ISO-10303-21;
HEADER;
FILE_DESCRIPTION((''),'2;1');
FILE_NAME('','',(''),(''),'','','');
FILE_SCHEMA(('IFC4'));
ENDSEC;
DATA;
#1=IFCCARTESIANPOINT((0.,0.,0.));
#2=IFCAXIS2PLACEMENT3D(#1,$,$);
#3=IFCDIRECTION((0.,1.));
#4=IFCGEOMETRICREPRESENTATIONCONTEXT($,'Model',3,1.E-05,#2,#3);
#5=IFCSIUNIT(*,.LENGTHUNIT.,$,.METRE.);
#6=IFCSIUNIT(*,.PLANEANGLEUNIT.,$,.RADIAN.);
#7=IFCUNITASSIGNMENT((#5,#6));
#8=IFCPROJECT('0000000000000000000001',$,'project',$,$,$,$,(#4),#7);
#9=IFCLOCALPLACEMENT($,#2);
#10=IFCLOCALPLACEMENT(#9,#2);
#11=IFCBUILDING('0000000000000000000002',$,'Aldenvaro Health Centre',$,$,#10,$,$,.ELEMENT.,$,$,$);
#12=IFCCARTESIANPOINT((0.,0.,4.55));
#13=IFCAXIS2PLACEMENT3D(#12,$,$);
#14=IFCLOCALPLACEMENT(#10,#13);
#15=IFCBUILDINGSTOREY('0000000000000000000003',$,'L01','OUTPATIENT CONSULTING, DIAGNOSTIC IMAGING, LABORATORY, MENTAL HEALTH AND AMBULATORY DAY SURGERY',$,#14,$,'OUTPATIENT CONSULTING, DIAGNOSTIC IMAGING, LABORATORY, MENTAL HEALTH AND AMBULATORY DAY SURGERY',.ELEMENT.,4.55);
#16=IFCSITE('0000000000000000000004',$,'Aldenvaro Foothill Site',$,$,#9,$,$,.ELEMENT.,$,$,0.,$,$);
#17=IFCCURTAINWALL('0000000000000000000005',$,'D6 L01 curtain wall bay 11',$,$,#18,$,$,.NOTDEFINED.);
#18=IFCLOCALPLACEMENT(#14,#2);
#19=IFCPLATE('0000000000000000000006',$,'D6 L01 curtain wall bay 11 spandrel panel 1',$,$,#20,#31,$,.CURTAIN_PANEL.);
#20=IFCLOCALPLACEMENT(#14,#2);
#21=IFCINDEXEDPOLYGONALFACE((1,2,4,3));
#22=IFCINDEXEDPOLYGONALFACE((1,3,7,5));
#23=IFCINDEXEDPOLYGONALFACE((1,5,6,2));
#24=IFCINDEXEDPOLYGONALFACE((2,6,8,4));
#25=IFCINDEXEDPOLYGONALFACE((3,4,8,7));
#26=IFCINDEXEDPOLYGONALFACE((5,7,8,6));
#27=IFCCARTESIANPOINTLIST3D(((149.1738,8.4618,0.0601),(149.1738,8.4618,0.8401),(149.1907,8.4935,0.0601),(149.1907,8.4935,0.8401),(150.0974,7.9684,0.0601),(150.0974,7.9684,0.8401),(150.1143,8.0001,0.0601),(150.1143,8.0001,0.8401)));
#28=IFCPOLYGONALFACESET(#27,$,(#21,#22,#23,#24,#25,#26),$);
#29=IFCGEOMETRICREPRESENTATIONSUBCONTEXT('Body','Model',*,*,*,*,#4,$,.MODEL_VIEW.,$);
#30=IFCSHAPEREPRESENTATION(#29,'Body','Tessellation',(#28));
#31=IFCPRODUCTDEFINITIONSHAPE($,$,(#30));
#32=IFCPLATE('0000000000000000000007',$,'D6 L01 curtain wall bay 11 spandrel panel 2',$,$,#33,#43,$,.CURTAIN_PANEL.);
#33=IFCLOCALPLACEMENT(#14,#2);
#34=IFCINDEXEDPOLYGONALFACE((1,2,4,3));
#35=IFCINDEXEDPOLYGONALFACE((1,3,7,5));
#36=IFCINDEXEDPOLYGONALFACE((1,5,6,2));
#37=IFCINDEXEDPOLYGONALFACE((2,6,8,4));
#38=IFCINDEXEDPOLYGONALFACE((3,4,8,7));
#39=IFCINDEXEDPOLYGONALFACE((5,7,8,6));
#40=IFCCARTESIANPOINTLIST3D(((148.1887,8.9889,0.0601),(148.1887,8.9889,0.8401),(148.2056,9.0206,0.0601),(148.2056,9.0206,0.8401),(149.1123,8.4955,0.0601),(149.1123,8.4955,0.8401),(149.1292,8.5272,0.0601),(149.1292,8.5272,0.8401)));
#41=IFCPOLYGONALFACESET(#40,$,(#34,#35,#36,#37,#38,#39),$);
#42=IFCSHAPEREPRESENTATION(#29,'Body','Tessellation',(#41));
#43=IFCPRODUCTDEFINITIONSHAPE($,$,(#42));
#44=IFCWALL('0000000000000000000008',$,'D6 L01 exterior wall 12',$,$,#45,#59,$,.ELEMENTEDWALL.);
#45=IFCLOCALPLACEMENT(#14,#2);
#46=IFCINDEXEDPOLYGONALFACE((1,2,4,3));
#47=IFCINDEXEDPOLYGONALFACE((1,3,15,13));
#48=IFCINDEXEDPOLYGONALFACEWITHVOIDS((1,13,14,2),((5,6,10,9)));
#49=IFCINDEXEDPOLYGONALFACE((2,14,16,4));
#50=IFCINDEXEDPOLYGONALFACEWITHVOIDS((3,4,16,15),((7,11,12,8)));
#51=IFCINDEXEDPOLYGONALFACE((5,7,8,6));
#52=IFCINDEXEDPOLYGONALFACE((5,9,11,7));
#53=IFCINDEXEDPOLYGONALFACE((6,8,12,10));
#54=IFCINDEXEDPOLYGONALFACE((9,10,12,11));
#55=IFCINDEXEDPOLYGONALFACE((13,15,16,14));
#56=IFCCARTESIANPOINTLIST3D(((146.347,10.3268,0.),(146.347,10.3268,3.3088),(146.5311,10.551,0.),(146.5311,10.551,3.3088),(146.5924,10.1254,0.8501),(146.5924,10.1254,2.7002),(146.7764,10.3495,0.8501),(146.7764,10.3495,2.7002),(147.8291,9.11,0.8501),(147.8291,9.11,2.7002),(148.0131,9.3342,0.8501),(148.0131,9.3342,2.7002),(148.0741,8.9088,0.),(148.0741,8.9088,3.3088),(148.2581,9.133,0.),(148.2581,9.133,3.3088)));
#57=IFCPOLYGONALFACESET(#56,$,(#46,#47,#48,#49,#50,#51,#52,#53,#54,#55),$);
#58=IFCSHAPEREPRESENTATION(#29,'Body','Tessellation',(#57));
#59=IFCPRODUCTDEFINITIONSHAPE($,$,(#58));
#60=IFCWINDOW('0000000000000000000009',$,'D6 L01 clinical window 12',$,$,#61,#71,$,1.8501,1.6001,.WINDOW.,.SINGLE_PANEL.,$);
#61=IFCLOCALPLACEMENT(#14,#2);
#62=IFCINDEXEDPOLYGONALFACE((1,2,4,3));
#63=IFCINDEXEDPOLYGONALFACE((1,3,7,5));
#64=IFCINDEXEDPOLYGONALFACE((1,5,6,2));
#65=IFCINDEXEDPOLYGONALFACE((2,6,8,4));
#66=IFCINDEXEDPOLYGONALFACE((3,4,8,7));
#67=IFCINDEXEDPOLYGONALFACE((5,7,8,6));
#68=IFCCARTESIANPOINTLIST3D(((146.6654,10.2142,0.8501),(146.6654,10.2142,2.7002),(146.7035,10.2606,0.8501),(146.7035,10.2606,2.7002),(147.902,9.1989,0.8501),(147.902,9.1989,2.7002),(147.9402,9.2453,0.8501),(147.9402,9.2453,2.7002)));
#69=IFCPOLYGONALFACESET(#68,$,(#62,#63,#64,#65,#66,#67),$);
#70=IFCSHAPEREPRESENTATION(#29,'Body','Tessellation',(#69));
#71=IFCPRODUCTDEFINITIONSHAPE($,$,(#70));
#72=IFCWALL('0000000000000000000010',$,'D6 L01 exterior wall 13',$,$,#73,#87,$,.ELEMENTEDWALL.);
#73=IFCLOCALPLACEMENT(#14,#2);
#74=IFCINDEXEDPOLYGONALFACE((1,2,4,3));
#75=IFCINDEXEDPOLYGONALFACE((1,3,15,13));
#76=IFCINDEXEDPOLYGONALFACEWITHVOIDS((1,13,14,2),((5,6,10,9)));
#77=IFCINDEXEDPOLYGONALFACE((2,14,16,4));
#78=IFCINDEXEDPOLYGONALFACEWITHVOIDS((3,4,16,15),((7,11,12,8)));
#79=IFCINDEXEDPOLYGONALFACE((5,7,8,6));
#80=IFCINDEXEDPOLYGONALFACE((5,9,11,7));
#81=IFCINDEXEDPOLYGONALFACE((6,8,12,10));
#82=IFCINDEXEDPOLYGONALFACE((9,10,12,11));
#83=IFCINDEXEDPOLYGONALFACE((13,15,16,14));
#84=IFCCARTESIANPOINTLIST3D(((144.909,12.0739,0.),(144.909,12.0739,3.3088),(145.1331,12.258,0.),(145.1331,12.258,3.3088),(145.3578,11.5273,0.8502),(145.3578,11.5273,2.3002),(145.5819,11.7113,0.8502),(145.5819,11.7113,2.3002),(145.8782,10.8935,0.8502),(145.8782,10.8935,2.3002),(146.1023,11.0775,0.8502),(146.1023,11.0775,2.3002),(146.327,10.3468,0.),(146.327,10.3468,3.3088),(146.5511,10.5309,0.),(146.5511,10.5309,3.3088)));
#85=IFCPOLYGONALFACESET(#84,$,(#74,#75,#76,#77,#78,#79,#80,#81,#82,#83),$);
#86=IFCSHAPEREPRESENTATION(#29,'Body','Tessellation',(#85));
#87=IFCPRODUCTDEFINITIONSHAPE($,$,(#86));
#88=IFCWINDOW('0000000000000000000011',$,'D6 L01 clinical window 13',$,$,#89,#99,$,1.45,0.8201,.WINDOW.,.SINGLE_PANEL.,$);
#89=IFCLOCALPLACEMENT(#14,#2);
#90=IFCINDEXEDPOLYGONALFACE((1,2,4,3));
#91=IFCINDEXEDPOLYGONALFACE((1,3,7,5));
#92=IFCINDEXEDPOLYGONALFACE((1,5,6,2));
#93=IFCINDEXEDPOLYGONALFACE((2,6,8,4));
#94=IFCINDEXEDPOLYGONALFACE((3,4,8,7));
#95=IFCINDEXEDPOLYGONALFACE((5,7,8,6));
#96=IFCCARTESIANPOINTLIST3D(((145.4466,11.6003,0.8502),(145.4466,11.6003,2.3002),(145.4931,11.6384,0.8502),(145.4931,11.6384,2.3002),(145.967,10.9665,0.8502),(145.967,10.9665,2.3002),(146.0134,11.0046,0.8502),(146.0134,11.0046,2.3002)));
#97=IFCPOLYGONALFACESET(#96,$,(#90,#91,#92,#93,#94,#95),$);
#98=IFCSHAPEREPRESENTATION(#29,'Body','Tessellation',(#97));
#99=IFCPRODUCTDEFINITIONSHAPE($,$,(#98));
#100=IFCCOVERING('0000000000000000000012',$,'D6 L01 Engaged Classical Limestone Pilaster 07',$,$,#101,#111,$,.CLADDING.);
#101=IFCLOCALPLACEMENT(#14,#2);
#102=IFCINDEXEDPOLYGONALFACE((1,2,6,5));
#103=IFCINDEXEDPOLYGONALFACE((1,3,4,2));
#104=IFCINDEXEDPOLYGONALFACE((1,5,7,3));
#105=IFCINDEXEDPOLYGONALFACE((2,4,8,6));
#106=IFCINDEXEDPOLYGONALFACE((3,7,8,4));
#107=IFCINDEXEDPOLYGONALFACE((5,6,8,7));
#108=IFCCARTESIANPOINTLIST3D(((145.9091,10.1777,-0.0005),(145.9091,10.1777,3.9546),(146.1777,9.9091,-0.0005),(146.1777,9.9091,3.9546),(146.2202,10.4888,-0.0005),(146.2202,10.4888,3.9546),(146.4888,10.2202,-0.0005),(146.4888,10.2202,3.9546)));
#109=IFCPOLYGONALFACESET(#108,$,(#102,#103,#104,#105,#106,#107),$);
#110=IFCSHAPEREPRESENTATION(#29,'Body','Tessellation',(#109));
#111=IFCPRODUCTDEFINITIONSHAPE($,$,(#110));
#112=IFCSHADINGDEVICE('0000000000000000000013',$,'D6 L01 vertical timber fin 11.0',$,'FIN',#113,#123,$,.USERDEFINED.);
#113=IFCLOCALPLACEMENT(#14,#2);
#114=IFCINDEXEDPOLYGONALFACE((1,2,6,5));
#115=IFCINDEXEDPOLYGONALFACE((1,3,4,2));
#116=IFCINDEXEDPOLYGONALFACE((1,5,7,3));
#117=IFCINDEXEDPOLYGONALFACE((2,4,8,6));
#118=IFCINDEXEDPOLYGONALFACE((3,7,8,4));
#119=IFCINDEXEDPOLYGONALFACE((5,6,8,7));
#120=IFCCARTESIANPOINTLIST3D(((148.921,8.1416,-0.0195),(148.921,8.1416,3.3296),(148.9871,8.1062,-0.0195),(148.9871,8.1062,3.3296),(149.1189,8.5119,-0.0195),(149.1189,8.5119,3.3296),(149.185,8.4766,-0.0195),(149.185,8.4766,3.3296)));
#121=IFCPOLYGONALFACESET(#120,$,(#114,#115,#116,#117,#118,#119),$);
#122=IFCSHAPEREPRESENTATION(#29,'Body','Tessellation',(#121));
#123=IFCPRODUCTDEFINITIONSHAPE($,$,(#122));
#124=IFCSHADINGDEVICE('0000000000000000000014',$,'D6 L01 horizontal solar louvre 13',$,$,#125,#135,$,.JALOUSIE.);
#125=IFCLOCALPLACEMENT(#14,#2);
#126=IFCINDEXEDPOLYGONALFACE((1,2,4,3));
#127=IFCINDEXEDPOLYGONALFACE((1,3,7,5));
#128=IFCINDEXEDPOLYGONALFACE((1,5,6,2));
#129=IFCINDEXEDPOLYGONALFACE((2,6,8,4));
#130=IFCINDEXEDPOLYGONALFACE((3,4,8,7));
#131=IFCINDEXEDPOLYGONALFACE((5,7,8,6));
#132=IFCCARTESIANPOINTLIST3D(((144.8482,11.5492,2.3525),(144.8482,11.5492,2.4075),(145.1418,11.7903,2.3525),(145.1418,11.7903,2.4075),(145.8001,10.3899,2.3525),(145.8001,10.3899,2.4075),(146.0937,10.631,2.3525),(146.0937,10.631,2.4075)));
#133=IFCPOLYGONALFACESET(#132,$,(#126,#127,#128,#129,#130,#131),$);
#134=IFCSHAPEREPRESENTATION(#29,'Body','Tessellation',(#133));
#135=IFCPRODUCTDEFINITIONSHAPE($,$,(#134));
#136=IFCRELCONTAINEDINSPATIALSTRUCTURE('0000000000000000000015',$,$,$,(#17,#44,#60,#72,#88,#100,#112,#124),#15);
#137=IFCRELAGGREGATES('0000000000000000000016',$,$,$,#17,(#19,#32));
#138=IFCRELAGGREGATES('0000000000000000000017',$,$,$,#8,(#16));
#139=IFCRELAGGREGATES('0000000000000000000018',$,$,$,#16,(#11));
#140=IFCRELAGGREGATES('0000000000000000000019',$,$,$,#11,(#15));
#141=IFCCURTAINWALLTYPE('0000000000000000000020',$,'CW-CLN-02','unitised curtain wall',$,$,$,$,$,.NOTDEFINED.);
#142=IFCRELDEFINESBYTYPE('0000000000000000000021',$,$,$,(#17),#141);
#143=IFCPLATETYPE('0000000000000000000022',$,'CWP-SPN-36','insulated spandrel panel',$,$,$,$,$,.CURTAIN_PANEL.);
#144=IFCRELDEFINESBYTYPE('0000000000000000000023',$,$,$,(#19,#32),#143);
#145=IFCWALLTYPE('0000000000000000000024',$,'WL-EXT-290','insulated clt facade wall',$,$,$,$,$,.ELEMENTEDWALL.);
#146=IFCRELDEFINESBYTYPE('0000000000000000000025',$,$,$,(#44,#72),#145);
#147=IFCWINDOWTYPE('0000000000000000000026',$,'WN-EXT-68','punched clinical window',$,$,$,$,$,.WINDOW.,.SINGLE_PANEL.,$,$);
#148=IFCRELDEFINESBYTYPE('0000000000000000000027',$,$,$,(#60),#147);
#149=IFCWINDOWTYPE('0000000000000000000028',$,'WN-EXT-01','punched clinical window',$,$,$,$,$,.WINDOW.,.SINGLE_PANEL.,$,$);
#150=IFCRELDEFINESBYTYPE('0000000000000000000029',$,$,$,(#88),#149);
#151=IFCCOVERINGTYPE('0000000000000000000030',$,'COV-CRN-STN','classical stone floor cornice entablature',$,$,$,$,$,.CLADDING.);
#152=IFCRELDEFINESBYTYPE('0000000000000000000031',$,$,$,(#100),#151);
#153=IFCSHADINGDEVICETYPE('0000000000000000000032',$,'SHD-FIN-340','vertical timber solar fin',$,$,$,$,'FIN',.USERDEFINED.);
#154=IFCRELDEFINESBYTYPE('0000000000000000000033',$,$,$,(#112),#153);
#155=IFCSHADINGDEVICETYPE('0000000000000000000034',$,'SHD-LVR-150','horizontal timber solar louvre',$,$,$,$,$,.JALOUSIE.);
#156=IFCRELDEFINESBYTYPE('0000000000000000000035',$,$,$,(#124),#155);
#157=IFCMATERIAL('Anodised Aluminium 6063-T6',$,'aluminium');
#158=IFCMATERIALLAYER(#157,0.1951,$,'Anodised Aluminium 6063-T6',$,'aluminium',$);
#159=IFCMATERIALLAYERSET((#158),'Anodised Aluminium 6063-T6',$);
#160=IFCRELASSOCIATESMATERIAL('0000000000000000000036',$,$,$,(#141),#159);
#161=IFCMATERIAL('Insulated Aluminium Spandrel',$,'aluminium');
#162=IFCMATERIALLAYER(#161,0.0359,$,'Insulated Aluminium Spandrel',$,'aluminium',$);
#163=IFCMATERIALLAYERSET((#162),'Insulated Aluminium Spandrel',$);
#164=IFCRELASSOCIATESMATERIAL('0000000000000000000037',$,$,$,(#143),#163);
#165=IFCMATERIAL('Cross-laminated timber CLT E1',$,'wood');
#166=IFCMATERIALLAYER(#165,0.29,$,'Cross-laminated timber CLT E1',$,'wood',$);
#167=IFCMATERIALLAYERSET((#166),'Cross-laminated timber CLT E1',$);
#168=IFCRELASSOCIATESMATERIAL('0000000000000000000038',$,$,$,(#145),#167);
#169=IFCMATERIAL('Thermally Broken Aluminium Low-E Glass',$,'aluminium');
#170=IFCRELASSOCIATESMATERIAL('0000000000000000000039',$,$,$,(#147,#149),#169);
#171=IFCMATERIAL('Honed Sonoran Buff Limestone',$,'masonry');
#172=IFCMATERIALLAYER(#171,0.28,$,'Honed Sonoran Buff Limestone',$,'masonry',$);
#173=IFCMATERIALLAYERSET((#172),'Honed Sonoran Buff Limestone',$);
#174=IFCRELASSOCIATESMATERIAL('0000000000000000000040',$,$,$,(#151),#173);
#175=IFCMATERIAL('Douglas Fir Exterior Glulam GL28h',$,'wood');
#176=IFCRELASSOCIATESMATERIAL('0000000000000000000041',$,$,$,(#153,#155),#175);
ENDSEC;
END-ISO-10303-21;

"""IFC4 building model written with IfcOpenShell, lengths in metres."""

from ifc_helpers import new_model, si_unit, direction, frame, frame_2d, origin, origin_2d, place, context, subcontext, project, spatial, rectangle, extrude, material, layer, layer_set, type_object, element, fill, aggregate, save


model = new_model("IFC4")

# Units and contexts
model_context = context("Model", 3, precision=1e-05, world=origin(), true_north=direction((0.0, 1.0)))
body_context = subcontext(model_context, "Body", "Model", "MODEL_VIEW")
ifc_project = project(units=[si_unit("LENGTHUNIT", "METRE"), si_unit("PLANEANGLEUNIT", "RADIAN")], contexts=[model_context])

# Site, building, storey
site_placement = place(None, origin())
site = spatial("IfcSite", under=ifc_project, at=site_placement, Name="Aldenvaro Foothill Site", CompositionType="ELEMENT", RefElevation=0.0)
building_placement = place(site_placement, origin())
building = spatial("IfcBuilding", under=site, at=building_placement, Name="Aldenvaro Health Centre", CompositionType="ELEMENT")
storey_placement = place(building_placement, frame((0.0, 0.0, 4.55)))
storey = spatial("IfcBuildingStorey", under=building, at=storey_placement, Name="L01", Description="OUTPATIENT CONSULTING, DIAGNOSTIC IMAGING, LABORATORY, MENTAL HEALTH AND AMBULATORY DAY SURGERY", LongName="OUTPATIENT CONSULTING, DIAGNOSTIC IMAGING, LABORATORY, MENTAL HEALTH AND AMBULATORY DAY SURGERY", CompositionType="ELEMENT", Elevation=4.55)

# Curtain wall
ifc_material_1 = material(Name="Anodised Aluminium 6063-T6", Category="aluminium")
ifc_layer_1 = layer(ifc_material_1, 0.1951, Name="Anodised Aluminium 6063-T6", Category="aluminium")
ifc_layer_set_1 = layer_set([ifc_layer_1], Name="Anodised Aluminium 6063-T6")
curtain_wall_type = type_object("IfcCurtainWallType", Name="CW-CLN-02", Description="unitised curtain wall", PredefinedType="NOTDEFINED", material=ifc_layer_set_1)
curtain_wall_placement = place(storey_placement, origin())
curtain_wall = element("IfcCurtainWall", 1, at=curtain_wall_placement, inside=storey, type_object=curtain_wall_type, Name="D6 L01 curtain wall bay 11", PredefinedType="NOTDEFINED")

# Plates
ifc_material_2 = material(Name="Insulated Aluminium Spandrel", Category="aluminium")
ifc_layer_2 = layer(ifc_material_2, 0.0359, Name="Insulated Aluminium Spandrel", Category="aluminium")
ifc_layer_set_2 = layer_set([ifc_layer_2], Name="Insulated Aluminium Spandrel")
plate_type_1 = type_object("IfcPlateType", Name="CWP-SPN-36", Description="insulated spandrel panel", PredefinedType="CURTAIN_PANEL", material=ifc_layer_set_2)
plate_1_placement = place(storey_placement, frame((149.644, 8.231, 0.0601), z_axis=(0.0, 0.0, 1.0), x_axis=(-0.882018, 0.471215, 0.0)))
plate_1 = element("IfcPlate", 2, at=plate_1_placement, type_object=plate_type_1, Name="D6 L01 curtain wall bay 11 spandrel panel 1", PredefinedType="CURTAIN_PANEL", context=body_context, shape_type="SweptSolid", body=[
    extrude(rectangle(XDim=1.0471, YDim=0.0359, at=origin_2d()), origin(), (0.0, 0.0, 1.0), 0.78),
])
plate_2_placement = place(storey_placement, frame((148.6589, 8.7581, 0.0601), z_axis=(0.0, 0.0, 1.0), x_axis=(-0.882018, 0.471215, 0.0)))
plate_2 = element("IfcPlate", 3, at=plate_2_placement, type_object=plate_type_1, Name="D6 L01 curtain wall bay 11 spandrel panel 2", PredefinedType="CURTAIN_PANEL", context=body_context, shape_type="SweptSolid", body=[
    extrude(rectangle(XDim=1.0471, YDim=0.0359, at=origin_2d()), origin(), (0.0, 0.0, 1.0), 0.78),
])
aggregate(curtain_wall, [plate_1, plate_2])

# Walls, openings, windows
ifc_material_3 = material(Name="Cross-laminated timber CLT E1", Category="wood")
ifc_layer_3 = layer(ifc_material_3, 0.29, Name="Cross-laminated timber CLT E1", Category="wood")
ifc_layer_set_3 = layer_set([ifc_layer_3], Name="Cross-laminated timber CLT E1")
wall_type = type_object("IfcWallType", Name="WL-EXT-290", Description="insulated clt facade wall", PredefinedType="ELEMENTEDWALL", material=ifc_layer_set_3)
wall_1_placement = place(storey_placement, frame((148.166, 9.021, 0.0), z_axis=(0.0, 0.0, 1.0), x_axis=(-0.772876, 0.634558, 0.0)))
wall_1 = element("IfcWall", 4, at=wall_1_placement, inside=storey, type_object=wall_type, Name="D6 L01 exterior wall 12", PredefinedType="ELEMENTEDWALL", context=body_context, shape_type="SweptSolid", body=[
    extrude(rectangle(XDim=2.2346, YDim=0.29, at=frame_2d((1.1172, 0.0))), origin(), (0.0, 0.0, 1.0), 3.3088),
])
opening_1_placement = place(wall_1_placement, frame((0.3169, 0.0, 0.8501)))
opening_1 = element("IfcOpeningElement", 5, at=opening_1_placement, cuts=wall_1, PredefinedType="OPENING", context=body_context, shape_type="SweptSolid", body=[
    extrude(rectangle(XDim=1.6001, YDim=1.8501, at=frame_2d((0.8, 0.925))), frame((0.0, 0.155, 0.0), z_axis=(0.0, -1.0, 0.0), x_axis=(1.0, 0.0, 0.0)), (0.0, 0.0, 1.0), 0.3101),
])
ifc_material_4 = material(Name="Thermally Broken Aluminium Low-E Glass", Category="aluminium")
window_type_1 = type_object("IfcWindowType", Name="WN-EXT-68", Description="punched clinical window", PartitioningType="SINGLE_PANEL", PredefinedType="WINDOW", material=ifc_material_4)
window_1_placement = place(opening_1_placement, origin())
window_1 = element("IfcWindow", 6, at=window_1_placement, inside=storey, type_object=window_type_1, Name="D6 L01 clinical window 12", OverallHeight=1.8501, OverallWidth=1.6001, PartitioningType="SINGLE_PANEL", PredefinedType="WINDOW", context=body_context, shape_type="SweptSolid", body=[
    extrude(rectangle(XDim=1.6001, YDim=1.8501, at=frame_2d((0.8, 0.925))), frame((0.0, 0.03, 0.0), z_axis=(0.0, -1.0, 0.0), x_axis=(1.0, 0.0, 0.0)), (0.0, 0.0, 1.0), 0.0601),
])
fill(opening_1, window_1)
wall_2_placement = place(storey_placement, frame((146.439, 10.439, 0.0), z_axis=(0.0, 0.0, 1.0), x_axis=(-0.634558, 0.772876, 0.0)))
wall_2 = element("IfcWall", 7, at=wall_2_placement, inside=storey, type_object=wall_type, Name="D6 L01 exterior wall 13", PredefinedType="ELEMENTEDWALL", context=body_context, shape_type="SweptSolid", body=[
    extrude(rectangle(XDim=2.2346, YDim=0.29, at=frame_2d((1.1172, 0.0))), origin(), (0.0, 0.0, 1.0), 3.3088),
])
opening_2_placement = place(wall_2_placement, frame((0.707, 0.0, 0.8501)))
opening_2 = element("IfcOpeningElement", 8, at=opening_2_placement, cuts=wall_2, PredefinedType="OPENING", context=body_context, shape_type="SweptSolid", body=[
    extrude(rectangle(XDim=0.8201, YDim=1.45, at=frame_2d((0.4102, 0.7251))), frame((0.0, 0.155, 0.0), z_axis=(0.0, -1.0, 0.0), x_axis=(1.0, 0.0, 0.0)), (0.0, 0.0, 1.0), 0.3101),
])
window_type_2 = type_object("IfcWindowType", Name="WN-EXT-01", Description="punched clinical window", PartitioningType="SINGLE_PANEL", PredefinedType="WINDOW", material=ifc_material_4)
window_2_placement = place(opening_2_placement, origin())
window_2 = element("IfcWindow", 9, at=window_2_placement, inside=storey, type_object=window_type_2, Name="D6 L01 clinical window 13", OverallHeight=1.45, OverallWidth=0.8201, PartitioningType="SINGLE_PANEL", PredefinedType="WINDOW", context=body_context, shape_type="SweptSolid", body=[
    extrude(rectangle(XDim=0.8201, YDim=1.45, at=frame_2d((0.4102, 0.7251))), frame((0.0, 0.03, 0.0), z_axis=(0.0, -1.0, 0.0), x_axis=(1.0, 0.0, 0.0)), (0.0, 0.0, 1.0), 0.0601),
])
fill(opening_2, window_2)

# Covering
ifc_material_5 = material(Name="Honed Sonoran Buff Limestone", Category="masonry")
ifc_layer_4 = layer(ifc_material_5, 0.28, Name="Honed Sonoran Buff Limestone", Category="masonry")
ifc_layer_set_4 = layer_set([ifc_layer_4], Name="Honed Sonoran Buff Limestone")
covering_type = type_object("IfcCoveringType", Name="COV-CRN-STN", Description="classical stone floor cornice entablature", PredefinedType="CLADDING", material=ifc_layer_set_4)
covering_placement = place(storey_placement, frame((146.199, 10.199, -0.0005), z_axis=(0.0, 0.0, 1.0), x_axis=(-0.707107, -0.707107, 0.0)))
element("IfcCovering", 10, at=covering_placement, inside=storey, type_object=covering_type, Name="D6 L01 Engaged Classical Limestone Pilaster 07", PredefinedType="CLADDING", context=body_context, shape_type="SweptSolid", body=[
    extrude(rectangle(XDim=0.4399, YDim=0.3799, at=origin_2d()), origin(), (0.0, 0.0, 1.0), 3.9551),
])

# Shading devices
ifc_material_6 = material(Name="Douglas Fir Exterior Glulam GL28h", Category="wood")
shading_device_type_1 = type_object("IfcShadingDeviceType", Name="SHD-FIN-340", Description="vertical timber solar fin", ElementType="FIN", PredefinedType="USERDEFINED", material=ifc_material_6)
shading_device_1_placement = place(storey_placement, frame((149.053, 8.3091, -0.0195), z_axis=(0.0, 0.0, 1.0), x_axis=(-0.882018, 0.471215, 0.0)))
element("IfcShadingDevice", 11, at=shading_device_1_placement, inside=storey, type_object=shading_device_type_1, Name="D6 L01 vertical timber fin 11.0", ObjectType="FIN", PredefinedType="USERDEFINED", context=body_context, shape_type="SweptSolid", body=[
    extrude(rectangle(XDim=0.075, YDim=0.4199, at=origin_2d()), origin(), (0.0, 0.0, 1.0), 3.3491),
])
shading_device_type_2 = type_object("IfcShadingDeviceType", Name="SHD-LVR-150", Description="horizontal timber solar louvre", PredefinedType="JALOUSIE", material=ifc_material_6)
shading_device_2_placement = place(storey_placement, frame((145.4709, 11.0901, 2.3525), z_axis=(0.0, 0.0, 1.0), x_axis=(-0.634577, 0.77286, 0.0)))
element("IfcShadingDevice", 12, at=shading_device_2_placement, inside=storey, type_object=shading_device_type_2, Name="D6 L01 horizontal solar louvre 13", PredefinedType="JALOUSIE", context=body_context, shape_type="SweptSolid", body=[
    extrude(rectangle(XDim=1.5, YDim=0.3799, at=origin_2d()), origin(), (0.0, 0.0, 1.0), 0.0549),
])

save(model, "model.ifc")
